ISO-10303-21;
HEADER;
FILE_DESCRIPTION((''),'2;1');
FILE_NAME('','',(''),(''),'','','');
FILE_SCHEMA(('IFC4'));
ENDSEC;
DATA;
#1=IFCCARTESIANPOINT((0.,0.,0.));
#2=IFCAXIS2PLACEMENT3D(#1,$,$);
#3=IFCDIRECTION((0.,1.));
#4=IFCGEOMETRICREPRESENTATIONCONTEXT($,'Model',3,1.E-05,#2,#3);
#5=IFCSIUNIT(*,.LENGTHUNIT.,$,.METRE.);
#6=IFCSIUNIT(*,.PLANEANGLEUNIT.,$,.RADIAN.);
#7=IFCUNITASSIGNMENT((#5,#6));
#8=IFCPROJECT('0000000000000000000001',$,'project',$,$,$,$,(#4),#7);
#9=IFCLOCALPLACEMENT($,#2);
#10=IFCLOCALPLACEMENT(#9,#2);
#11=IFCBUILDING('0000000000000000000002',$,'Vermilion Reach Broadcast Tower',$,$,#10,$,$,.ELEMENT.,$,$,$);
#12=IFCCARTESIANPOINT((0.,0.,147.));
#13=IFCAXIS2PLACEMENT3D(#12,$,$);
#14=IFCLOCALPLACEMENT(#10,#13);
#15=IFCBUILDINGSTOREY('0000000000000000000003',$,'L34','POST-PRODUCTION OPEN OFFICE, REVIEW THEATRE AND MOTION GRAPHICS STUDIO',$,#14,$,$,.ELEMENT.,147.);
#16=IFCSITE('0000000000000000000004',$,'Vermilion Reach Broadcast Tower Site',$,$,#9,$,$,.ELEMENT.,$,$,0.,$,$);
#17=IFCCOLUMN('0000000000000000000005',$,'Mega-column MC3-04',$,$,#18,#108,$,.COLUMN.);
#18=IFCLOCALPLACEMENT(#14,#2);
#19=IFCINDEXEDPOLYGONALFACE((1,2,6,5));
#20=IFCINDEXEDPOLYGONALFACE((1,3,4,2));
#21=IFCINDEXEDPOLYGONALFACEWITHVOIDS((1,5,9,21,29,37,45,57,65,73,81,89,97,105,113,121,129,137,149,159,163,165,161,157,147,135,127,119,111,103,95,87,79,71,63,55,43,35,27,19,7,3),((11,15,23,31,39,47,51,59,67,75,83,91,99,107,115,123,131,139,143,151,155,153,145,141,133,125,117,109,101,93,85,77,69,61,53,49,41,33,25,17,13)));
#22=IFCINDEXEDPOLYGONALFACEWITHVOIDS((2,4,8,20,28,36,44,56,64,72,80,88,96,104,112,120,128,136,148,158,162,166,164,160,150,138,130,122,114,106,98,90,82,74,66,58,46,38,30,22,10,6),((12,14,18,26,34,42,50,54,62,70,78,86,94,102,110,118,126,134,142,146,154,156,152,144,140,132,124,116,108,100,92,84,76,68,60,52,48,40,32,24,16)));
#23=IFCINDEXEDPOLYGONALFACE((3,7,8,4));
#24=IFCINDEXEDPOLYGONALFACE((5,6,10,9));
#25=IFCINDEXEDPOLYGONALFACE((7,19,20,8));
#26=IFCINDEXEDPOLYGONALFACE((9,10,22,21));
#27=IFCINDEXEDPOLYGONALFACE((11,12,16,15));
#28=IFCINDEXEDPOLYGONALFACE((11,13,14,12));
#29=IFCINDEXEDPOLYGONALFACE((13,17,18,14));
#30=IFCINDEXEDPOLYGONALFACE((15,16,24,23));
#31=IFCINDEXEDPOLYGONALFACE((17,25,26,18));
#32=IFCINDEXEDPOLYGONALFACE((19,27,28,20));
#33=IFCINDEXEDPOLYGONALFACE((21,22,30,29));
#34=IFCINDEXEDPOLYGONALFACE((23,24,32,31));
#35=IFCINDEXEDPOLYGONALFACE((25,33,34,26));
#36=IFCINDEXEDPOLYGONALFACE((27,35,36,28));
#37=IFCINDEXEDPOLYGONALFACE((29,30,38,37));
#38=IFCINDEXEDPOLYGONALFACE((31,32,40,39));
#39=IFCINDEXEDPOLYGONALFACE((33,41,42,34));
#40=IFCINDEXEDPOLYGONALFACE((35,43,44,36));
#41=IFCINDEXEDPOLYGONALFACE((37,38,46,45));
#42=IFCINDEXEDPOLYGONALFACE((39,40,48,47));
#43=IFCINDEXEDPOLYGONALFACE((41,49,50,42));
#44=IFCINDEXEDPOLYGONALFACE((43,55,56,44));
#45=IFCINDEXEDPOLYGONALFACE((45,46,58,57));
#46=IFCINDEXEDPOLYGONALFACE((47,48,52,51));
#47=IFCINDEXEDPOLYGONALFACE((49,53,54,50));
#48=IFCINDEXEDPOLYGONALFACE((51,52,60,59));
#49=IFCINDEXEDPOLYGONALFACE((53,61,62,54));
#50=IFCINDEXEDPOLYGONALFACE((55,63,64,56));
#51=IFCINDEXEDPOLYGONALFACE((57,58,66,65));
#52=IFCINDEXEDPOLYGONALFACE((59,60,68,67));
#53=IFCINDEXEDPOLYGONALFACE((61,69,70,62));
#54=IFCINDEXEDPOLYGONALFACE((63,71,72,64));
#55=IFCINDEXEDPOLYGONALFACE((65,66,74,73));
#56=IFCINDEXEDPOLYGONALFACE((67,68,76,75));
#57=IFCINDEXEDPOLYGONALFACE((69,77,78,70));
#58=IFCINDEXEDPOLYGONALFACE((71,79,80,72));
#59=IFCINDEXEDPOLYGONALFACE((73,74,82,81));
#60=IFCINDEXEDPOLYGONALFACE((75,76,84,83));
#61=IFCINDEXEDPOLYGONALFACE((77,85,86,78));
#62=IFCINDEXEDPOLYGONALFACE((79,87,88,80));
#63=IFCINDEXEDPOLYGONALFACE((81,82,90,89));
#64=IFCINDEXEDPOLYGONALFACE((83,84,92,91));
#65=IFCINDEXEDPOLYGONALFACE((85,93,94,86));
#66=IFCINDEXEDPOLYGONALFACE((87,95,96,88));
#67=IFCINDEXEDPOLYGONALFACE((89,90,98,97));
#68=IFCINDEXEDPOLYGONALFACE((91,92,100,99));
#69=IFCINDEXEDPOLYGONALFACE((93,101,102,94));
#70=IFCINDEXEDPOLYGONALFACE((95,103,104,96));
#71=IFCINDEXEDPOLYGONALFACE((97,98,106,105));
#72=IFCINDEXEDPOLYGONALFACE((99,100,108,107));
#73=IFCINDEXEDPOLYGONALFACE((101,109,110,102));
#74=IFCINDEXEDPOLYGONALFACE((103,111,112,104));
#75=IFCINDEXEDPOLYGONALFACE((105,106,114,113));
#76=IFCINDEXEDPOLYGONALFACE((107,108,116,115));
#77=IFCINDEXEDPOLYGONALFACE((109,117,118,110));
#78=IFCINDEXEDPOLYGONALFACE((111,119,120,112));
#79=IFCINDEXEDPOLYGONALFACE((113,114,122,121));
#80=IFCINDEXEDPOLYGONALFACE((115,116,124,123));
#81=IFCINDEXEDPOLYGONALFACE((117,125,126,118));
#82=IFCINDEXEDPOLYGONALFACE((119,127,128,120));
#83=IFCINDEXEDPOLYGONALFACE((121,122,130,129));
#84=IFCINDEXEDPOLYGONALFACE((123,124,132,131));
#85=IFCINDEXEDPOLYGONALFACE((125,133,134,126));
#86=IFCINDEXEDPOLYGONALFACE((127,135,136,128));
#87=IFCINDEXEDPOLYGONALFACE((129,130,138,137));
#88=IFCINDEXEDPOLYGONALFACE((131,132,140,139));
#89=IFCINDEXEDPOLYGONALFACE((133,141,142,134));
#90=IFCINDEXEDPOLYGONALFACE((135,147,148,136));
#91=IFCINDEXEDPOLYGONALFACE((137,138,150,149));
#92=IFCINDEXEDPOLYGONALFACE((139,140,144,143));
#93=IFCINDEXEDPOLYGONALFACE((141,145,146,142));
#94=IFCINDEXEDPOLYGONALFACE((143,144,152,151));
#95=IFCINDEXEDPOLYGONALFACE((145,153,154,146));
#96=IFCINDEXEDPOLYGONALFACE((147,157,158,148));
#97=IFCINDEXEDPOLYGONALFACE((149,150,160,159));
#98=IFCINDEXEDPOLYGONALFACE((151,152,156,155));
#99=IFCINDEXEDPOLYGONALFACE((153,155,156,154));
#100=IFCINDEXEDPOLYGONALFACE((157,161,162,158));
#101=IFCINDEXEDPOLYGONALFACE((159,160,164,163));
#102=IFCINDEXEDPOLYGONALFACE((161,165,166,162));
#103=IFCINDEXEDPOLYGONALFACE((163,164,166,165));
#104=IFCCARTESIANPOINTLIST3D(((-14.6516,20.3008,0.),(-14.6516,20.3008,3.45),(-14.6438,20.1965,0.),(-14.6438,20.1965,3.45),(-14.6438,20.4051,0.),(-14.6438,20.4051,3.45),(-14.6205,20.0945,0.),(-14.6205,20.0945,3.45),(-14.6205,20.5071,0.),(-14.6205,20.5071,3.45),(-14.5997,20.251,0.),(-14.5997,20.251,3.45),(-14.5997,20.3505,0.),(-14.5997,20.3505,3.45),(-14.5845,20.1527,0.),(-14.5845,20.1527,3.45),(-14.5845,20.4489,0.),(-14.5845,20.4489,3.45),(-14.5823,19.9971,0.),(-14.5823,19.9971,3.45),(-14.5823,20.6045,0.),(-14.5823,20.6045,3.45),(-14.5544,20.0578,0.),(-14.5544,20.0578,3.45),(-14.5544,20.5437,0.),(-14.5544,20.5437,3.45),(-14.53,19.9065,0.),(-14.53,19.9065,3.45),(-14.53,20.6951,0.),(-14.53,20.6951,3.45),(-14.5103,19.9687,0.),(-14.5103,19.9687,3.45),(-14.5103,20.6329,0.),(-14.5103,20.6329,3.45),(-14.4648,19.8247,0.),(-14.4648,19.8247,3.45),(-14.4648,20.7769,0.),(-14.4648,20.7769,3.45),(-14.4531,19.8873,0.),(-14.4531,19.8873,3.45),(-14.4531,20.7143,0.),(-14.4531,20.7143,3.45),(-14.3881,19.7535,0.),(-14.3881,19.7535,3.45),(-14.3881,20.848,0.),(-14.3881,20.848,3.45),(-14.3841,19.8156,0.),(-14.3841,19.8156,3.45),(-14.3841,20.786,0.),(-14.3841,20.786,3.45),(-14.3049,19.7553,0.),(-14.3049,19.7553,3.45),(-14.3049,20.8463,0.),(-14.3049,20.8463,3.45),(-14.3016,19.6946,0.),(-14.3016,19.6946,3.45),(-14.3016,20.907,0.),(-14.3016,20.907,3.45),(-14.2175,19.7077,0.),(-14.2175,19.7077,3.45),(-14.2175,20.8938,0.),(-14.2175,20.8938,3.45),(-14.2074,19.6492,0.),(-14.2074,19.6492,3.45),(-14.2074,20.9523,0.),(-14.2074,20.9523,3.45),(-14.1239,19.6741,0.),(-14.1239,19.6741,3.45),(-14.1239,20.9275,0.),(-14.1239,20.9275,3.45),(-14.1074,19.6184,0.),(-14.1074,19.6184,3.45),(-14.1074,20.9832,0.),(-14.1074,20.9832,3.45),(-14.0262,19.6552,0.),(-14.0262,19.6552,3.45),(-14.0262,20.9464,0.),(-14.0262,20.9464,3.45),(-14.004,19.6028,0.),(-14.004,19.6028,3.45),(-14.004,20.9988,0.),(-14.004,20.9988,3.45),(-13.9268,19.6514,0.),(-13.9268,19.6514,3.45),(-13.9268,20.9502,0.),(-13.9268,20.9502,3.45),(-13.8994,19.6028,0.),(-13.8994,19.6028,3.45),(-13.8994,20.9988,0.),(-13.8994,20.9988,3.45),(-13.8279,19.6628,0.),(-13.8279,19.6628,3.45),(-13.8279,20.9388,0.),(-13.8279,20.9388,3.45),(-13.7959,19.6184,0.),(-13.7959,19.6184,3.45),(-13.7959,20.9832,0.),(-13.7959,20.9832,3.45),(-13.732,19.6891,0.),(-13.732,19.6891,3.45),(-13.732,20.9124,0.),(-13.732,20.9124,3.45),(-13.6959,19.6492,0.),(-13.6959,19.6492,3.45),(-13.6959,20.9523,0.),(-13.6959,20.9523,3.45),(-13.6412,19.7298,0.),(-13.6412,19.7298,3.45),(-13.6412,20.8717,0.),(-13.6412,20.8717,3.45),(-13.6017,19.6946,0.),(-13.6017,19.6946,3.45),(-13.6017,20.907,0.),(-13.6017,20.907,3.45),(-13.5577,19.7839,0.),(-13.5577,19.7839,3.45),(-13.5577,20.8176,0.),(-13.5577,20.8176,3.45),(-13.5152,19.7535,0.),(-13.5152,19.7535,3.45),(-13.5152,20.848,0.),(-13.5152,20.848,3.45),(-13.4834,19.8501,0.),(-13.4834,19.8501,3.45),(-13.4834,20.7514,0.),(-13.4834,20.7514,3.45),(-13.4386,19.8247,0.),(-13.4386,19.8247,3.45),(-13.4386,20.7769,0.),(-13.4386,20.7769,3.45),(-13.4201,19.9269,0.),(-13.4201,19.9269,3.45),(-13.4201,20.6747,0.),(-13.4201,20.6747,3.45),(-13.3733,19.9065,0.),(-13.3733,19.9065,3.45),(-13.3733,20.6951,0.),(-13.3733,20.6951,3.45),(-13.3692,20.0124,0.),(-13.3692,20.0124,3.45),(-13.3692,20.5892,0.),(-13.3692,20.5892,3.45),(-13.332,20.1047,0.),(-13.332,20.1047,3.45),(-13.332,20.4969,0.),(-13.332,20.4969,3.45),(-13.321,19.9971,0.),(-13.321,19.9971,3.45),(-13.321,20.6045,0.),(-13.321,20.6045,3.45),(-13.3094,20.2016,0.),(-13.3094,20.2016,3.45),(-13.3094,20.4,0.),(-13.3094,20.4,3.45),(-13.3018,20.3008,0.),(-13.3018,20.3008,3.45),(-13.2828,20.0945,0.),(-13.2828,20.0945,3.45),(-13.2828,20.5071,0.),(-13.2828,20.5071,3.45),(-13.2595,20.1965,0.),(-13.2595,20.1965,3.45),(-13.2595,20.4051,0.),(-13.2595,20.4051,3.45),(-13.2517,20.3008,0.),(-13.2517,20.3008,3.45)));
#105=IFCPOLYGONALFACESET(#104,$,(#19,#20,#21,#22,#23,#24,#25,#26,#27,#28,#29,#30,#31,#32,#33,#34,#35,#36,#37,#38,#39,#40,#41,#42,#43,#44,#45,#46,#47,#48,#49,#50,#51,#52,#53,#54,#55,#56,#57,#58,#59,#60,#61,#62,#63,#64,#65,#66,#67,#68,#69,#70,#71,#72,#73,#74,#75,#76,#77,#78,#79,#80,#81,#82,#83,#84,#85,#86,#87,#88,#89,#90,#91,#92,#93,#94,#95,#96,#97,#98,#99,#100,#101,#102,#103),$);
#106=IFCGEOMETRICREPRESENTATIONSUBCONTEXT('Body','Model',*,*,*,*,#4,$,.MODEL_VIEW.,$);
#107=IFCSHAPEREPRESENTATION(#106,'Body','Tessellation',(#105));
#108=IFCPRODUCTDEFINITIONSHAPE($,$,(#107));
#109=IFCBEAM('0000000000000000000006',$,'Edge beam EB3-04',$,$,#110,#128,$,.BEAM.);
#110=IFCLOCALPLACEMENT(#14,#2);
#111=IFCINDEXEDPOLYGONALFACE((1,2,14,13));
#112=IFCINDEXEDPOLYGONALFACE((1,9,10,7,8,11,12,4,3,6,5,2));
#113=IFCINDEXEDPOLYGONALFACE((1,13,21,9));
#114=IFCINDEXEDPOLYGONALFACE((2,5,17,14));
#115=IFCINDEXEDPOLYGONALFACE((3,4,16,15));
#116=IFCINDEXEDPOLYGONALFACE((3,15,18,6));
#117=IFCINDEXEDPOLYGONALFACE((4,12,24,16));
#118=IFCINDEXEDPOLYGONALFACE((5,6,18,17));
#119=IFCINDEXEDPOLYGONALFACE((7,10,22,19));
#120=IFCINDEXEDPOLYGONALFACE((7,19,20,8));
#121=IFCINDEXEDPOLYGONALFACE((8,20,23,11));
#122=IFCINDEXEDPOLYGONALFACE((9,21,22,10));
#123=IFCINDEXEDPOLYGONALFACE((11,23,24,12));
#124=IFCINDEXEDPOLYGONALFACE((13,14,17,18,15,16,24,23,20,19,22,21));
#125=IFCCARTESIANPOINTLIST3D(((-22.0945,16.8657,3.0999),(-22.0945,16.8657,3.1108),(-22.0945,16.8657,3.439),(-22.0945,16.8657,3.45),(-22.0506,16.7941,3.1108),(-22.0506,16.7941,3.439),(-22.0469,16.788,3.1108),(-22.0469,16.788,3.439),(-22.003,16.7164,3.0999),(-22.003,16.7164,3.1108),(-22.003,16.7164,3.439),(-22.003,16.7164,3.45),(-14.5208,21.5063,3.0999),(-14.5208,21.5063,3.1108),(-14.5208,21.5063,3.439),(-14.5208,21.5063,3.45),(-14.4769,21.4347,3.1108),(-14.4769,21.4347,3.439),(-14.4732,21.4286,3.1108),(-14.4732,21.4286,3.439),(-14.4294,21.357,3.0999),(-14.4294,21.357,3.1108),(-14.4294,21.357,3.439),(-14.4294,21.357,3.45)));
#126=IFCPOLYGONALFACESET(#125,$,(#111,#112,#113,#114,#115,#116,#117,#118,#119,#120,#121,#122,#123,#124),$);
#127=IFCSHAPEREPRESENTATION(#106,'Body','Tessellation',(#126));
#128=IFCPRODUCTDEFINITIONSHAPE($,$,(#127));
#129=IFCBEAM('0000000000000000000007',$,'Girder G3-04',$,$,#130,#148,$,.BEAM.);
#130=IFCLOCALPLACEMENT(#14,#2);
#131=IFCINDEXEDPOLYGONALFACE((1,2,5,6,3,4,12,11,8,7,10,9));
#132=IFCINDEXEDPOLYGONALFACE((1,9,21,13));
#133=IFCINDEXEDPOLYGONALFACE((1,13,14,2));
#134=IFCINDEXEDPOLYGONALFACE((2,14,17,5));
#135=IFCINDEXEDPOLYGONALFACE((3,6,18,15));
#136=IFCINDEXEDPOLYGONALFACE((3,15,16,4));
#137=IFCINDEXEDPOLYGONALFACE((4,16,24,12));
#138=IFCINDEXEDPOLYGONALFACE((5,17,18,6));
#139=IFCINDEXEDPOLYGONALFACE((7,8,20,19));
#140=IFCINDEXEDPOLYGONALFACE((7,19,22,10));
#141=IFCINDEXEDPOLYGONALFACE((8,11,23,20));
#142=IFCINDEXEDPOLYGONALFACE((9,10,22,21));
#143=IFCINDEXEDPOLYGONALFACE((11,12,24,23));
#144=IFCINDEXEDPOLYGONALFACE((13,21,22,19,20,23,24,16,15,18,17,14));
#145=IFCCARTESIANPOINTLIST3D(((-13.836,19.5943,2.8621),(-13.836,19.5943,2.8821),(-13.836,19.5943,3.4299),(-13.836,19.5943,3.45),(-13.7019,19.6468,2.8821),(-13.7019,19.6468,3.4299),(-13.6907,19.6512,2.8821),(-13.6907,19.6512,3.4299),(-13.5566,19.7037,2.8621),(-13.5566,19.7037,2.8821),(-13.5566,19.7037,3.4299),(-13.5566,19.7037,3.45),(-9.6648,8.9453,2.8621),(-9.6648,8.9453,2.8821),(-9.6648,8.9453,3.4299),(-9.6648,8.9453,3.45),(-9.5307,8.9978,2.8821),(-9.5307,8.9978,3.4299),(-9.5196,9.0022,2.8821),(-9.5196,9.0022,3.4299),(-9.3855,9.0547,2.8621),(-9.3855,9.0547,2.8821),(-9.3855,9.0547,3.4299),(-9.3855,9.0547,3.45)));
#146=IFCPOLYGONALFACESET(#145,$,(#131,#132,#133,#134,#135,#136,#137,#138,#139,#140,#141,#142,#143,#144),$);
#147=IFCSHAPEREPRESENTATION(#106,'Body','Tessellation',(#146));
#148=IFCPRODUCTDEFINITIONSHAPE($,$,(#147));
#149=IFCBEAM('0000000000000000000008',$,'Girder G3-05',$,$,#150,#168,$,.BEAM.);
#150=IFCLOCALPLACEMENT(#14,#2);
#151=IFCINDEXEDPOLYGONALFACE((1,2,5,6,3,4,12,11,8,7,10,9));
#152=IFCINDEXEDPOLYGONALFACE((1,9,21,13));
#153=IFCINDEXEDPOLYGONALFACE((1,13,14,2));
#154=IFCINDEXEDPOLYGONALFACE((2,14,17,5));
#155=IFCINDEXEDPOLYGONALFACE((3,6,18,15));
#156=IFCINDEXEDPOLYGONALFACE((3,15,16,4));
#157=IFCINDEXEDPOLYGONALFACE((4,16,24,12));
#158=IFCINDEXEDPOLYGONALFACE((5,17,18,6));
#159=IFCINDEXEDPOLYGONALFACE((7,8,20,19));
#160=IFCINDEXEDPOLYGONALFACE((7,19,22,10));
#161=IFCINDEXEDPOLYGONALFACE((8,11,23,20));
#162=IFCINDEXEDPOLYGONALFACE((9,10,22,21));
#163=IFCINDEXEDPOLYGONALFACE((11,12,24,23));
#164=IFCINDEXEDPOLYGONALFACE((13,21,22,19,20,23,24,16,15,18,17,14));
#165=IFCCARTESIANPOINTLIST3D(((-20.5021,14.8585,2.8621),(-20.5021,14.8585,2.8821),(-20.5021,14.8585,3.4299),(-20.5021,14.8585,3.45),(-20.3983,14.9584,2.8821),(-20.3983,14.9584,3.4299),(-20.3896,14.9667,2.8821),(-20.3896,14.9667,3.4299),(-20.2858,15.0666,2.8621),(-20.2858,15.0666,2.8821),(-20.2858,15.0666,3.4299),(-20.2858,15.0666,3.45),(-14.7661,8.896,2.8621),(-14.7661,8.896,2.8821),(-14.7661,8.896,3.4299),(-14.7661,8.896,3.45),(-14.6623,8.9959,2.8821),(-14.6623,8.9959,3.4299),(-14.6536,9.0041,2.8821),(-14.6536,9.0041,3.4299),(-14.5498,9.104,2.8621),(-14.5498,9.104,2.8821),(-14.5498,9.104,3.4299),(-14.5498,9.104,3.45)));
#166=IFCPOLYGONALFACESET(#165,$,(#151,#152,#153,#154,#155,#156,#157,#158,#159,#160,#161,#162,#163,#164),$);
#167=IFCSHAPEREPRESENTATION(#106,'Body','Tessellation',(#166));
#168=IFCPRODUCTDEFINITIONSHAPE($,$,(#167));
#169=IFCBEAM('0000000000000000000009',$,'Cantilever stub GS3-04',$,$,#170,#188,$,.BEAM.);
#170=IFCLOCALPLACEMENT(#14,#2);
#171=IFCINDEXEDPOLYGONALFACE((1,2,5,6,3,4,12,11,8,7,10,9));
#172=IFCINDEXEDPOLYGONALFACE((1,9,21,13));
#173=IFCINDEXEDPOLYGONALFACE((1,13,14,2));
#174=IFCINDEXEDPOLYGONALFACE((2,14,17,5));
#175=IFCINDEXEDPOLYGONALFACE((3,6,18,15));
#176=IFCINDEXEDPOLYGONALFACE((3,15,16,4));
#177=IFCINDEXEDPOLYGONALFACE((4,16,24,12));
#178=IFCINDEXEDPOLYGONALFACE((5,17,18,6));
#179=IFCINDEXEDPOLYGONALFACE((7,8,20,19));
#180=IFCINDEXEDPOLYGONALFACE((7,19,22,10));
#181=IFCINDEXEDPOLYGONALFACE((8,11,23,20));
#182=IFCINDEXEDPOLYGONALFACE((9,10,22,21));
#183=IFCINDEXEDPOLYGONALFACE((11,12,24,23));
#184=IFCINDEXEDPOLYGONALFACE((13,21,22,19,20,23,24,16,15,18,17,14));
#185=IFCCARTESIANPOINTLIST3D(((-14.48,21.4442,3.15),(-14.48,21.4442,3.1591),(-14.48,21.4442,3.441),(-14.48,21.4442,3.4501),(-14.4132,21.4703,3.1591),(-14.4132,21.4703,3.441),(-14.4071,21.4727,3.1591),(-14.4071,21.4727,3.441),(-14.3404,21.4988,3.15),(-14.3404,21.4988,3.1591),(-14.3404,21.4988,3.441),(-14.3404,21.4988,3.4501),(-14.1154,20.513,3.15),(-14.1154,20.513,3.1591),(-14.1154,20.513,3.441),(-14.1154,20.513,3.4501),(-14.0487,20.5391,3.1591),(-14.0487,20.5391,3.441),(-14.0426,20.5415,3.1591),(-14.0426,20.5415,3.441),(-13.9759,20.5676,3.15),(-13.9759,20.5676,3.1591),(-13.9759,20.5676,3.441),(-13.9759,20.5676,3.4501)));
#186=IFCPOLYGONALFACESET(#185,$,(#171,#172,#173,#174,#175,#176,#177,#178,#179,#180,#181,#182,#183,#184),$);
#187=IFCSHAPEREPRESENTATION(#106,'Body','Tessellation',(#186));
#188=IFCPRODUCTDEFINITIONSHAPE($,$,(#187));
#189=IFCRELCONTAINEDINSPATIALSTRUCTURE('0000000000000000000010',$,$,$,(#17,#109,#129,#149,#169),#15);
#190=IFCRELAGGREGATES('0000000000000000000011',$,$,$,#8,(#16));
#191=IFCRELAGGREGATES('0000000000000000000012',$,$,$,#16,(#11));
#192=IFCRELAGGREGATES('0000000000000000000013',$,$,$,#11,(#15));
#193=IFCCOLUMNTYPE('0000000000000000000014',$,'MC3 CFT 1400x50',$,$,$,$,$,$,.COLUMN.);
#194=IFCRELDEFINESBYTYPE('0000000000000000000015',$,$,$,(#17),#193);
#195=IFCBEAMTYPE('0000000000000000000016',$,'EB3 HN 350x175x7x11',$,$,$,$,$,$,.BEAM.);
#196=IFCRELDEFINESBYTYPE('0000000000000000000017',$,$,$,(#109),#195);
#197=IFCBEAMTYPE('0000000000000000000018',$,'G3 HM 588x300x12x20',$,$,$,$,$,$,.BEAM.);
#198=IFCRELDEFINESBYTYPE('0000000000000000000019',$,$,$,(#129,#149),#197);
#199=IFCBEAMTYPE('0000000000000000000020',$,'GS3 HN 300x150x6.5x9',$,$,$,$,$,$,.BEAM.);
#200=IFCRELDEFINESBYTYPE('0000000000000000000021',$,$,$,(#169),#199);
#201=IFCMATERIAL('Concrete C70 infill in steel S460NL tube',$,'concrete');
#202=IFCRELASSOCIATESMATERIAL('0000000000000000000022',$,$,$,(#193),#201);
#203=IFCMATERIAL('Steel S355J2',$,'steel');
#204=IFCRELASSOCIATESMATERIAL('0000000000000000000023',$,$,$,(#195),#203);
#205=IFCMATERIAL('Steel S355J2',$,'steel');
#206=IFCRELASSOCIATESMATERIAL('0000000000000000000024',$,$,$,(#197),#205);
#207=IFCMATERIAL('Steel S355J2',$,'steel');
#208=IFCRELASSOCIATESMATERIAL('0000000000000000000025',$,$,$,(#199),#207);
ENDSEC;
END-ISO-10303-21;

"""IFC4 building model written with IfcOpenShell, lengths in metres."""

from ifc_helpers import new_model, si_unit, direction, frame, origin, origin_2d, place, context, subcontext, project, spatial, hollow_circle, i_section, extrude, material, material_profile, profile_set, type_object, element, save


model = new_model("IFC4")

# Units and contexts
model_context = context("Model", 3, precision=1e-05, world=origin(), true_north=direction((0.0, 1.0)))
body_context = subcontext(model_context, "Body", "Model", "MODEL_VIEW")
ifc_project = project(units=[si_unit("LENGTHUNIT", "METRE"), si_unit("PLANEANGLEUNIT", "RADIAN")], contexts=[model_context])

# Site, building, storey
site_placement = place(None, origin())
site = spatial("IfcSite", under=ifc_project, at=site_placement, Name="Vermilion Reach Broadcast Tower Site", CompositionType="ELEMENT", RefElevation=0.0)
building_placement = place(site_placement, origin())
building = spatial("IfcBuilding", under=site, at=building_placement, Name="Vermilion Reach Broadcast Tower", CompositionType="ELEMENT")
storey_placement = place(building_placement, frame((0.0, 0.0, 147.0)))
storey = spatial("IfcBuildingStorey", under=building, at=storey_placement, Name="L34", Description="POST-PRODUCTION OPEN OFFICE, REVIEW THEATRE AND MOTION GRAPHICS STUDIO", CompositionType="ELEMENT", Elevation=147.0)

# Column
ifc_material_1 = material(Name="Concrete C70 infill in steel S460NL tube", Category="concrete")
ifc_material_profile_1 = material_profile(ifc_material_1, hollow_circle(Radius=0.7, WallThickness=0.05, at=origin_2d()), Name="Concrete C70 infill in steel S460NL tube CFT 1400x50")
ifc_profile_set_1 = profile_set([ifc_material_profile_1], Name="Concrete C70 infill in steel S460NL tube")
column_type = type_object("IfcColumnType", Name="MC3 CFT 1400x50", PredefinedType="COLUMN", material=ifc_profile_set_1)
column_placement = place(storey_placement, frame((-13.9517, 20.3008, 0.0), z_axis=(0.0, 0.0, 1.0), x_axis=(1.0, 0.0, 0.0)))
element("IfcColumn", 1, at=column_placement, inside=storey, type_object=column_type, Name="Mega-column MC3-04", PredefinedType="COLUMN", context=body_context, shape_type="SweptSolid", body=[
    extrude(hollow_circle(Radius=0.7, WallThickness=0.05, at=origin_2d()), origin(), (0.0, 0.0, 1.0), 3.45),
])

# Beams
ifc_material_2 = material(Name="Steel S355J2", Category="steel")
ifc_material_profile_2 = material_profile(ifc_material_2, i_section(OverallWidth=0.175, OverallDepth=0.3501, WebThickness=0.0071, FlangeThickness=0.011, at=origin_2d()), Name="S355J2 HN 350x175x7x11")
ifc_profile_set_2 = profile_set([ifc_material_profile_2], Name="Steel S355J2")
beam_type_1 = type_object("IfcBeamType", Name="EB3 HN 350x175x7x11", PredefinedType="BEAM", material=ifc_profile_set_2)
beam_1_placement = place(storey_placement, frame((-14.4751, 21.4316, 3.2749), z_axis=(-0.852668, -0.522452, 0.0), x_axis=(0.522452, -0.852668, 0.0)))
element("IfcBeam", 2, at=beam_1_placement, inside=storey, type_object=beam_type_1, Name="Edge beam EB3-04", PredefinedType="BEAM", context=body_context, shape_type="SweptSolid", body=[
    extrude(i_section(OverallWidth=0.175, OverallDepth=0.3501, WebThickness=0.0071, FlangeThickness=0.011, at=origin_2d()), origin(), (0.0, 0.0, 1.0), 8.8823),
])
ifc_material_3 = material(Name="Steel S355J2", Category="steel")
ifc_material_profile_3 = material_profile(ifc_material_3, i_section(OverallWidth=0.3, OverallDepth=0.5879, WebThickness=0.012, FlangeThickness=0.02, at=origin_2d()), Name="S355J2 HM 588x300x12x20")
ifc_profile_set_3 = profile_set([ifc_material_profile_3], Name="Steel S355J2")
beam_type_2 = type_object("IfcBeamType", Name="G3 HM 588x300x12x20", PredefinedType="BEAM", material=ifc_profile_set_3)
beam_2_placement = place(storey_placement, frame((-9.5251, 9.0, 3.156), z_axis=(-0.364716, 0.931119, 0.0), x_axis=(-0.931119, -0.364716, 0.0)))
element("IfcBeam", 3, at=beam_2_placement, inside=storey, type_object=beam_type_2, Name="Girder G3-04", PredefinedType="BEAM", context=body_context, shape_type="SweptSolid", body=[
    extrude(i_section(OverallWidth=0.3, OverallDepth=0.5879, WebThickness=0.012, FlangeThickness=0.02, at=origin_2d()), origin(), (0.0, 0.0, 1.0), 11.4368),
])
beam_3_placement = place(storey_placement, frame((-14.658, 9.0, 3.156), z_axis=(-0.693283, 0.720666, 0.0), x_axis=(-0.720666, -0.693283, 0.0)))
element("IfcBeam", 4, at=beam_3_placement, inside=storey, type_object=beam_type_2, Name="Girder G3-05", PredefinedType="BEAM", context=body_context, shape_type="SweptSolid", body=[
    extrude(i_section(OverallWidth=0.3, OverallDepth=0.5879, WebThickness=0.012, FlangeThickness=0.02, at=origin_2d()), origin(), (0.0, 0.0, 1.0), 8.2737),
])
ifc_material_4 = material(Name="Steel S355J2", Category="steel")
ifc_material_profile_4 = material_profile(ifc_material_4, i_section(OverallWidth=0.1499, OverallDepth=0.3, WebThickness=0.0066, FlangeThickness=0.009, at=origin_2d()), Name="S355J2 HN 300x150x6.5x9")
ifc_profile_set_4 = profile_set([ifc_material_profile_4], Name="Steel S355J2")
beam_type_3 = type_object("IfcBeamType", Name="GS3 HN 300x150x6.5x9", PredefinedType="BEAM", material=ifc_profile_set_4)
beam_4_placement = place(storey_placement, frame((-14.0457, 20.5403, 3.3), z_axis=(-0.364519, 0.931196, 0.0), x_axis=(-0.931196, -0.364519, 0.0)))
element("IfcBeam", 5, at=beam_4_placement, inside=storey, type_object=beam_type_3, Name="Cantilever stub GS3-04", PredefinedType="BEAM", context=body_context, shape_type="SweptSolid", body=[
    extrude(i_section(OverallWidth=0.1499, OverallDepth=0.3, WebThickness=0.0066, FlangeThickness=0.009, at=origin_2d()), origin(), (0.0, 0.0, 1.0), 1.0),
])

save(model, "model.ifc")
